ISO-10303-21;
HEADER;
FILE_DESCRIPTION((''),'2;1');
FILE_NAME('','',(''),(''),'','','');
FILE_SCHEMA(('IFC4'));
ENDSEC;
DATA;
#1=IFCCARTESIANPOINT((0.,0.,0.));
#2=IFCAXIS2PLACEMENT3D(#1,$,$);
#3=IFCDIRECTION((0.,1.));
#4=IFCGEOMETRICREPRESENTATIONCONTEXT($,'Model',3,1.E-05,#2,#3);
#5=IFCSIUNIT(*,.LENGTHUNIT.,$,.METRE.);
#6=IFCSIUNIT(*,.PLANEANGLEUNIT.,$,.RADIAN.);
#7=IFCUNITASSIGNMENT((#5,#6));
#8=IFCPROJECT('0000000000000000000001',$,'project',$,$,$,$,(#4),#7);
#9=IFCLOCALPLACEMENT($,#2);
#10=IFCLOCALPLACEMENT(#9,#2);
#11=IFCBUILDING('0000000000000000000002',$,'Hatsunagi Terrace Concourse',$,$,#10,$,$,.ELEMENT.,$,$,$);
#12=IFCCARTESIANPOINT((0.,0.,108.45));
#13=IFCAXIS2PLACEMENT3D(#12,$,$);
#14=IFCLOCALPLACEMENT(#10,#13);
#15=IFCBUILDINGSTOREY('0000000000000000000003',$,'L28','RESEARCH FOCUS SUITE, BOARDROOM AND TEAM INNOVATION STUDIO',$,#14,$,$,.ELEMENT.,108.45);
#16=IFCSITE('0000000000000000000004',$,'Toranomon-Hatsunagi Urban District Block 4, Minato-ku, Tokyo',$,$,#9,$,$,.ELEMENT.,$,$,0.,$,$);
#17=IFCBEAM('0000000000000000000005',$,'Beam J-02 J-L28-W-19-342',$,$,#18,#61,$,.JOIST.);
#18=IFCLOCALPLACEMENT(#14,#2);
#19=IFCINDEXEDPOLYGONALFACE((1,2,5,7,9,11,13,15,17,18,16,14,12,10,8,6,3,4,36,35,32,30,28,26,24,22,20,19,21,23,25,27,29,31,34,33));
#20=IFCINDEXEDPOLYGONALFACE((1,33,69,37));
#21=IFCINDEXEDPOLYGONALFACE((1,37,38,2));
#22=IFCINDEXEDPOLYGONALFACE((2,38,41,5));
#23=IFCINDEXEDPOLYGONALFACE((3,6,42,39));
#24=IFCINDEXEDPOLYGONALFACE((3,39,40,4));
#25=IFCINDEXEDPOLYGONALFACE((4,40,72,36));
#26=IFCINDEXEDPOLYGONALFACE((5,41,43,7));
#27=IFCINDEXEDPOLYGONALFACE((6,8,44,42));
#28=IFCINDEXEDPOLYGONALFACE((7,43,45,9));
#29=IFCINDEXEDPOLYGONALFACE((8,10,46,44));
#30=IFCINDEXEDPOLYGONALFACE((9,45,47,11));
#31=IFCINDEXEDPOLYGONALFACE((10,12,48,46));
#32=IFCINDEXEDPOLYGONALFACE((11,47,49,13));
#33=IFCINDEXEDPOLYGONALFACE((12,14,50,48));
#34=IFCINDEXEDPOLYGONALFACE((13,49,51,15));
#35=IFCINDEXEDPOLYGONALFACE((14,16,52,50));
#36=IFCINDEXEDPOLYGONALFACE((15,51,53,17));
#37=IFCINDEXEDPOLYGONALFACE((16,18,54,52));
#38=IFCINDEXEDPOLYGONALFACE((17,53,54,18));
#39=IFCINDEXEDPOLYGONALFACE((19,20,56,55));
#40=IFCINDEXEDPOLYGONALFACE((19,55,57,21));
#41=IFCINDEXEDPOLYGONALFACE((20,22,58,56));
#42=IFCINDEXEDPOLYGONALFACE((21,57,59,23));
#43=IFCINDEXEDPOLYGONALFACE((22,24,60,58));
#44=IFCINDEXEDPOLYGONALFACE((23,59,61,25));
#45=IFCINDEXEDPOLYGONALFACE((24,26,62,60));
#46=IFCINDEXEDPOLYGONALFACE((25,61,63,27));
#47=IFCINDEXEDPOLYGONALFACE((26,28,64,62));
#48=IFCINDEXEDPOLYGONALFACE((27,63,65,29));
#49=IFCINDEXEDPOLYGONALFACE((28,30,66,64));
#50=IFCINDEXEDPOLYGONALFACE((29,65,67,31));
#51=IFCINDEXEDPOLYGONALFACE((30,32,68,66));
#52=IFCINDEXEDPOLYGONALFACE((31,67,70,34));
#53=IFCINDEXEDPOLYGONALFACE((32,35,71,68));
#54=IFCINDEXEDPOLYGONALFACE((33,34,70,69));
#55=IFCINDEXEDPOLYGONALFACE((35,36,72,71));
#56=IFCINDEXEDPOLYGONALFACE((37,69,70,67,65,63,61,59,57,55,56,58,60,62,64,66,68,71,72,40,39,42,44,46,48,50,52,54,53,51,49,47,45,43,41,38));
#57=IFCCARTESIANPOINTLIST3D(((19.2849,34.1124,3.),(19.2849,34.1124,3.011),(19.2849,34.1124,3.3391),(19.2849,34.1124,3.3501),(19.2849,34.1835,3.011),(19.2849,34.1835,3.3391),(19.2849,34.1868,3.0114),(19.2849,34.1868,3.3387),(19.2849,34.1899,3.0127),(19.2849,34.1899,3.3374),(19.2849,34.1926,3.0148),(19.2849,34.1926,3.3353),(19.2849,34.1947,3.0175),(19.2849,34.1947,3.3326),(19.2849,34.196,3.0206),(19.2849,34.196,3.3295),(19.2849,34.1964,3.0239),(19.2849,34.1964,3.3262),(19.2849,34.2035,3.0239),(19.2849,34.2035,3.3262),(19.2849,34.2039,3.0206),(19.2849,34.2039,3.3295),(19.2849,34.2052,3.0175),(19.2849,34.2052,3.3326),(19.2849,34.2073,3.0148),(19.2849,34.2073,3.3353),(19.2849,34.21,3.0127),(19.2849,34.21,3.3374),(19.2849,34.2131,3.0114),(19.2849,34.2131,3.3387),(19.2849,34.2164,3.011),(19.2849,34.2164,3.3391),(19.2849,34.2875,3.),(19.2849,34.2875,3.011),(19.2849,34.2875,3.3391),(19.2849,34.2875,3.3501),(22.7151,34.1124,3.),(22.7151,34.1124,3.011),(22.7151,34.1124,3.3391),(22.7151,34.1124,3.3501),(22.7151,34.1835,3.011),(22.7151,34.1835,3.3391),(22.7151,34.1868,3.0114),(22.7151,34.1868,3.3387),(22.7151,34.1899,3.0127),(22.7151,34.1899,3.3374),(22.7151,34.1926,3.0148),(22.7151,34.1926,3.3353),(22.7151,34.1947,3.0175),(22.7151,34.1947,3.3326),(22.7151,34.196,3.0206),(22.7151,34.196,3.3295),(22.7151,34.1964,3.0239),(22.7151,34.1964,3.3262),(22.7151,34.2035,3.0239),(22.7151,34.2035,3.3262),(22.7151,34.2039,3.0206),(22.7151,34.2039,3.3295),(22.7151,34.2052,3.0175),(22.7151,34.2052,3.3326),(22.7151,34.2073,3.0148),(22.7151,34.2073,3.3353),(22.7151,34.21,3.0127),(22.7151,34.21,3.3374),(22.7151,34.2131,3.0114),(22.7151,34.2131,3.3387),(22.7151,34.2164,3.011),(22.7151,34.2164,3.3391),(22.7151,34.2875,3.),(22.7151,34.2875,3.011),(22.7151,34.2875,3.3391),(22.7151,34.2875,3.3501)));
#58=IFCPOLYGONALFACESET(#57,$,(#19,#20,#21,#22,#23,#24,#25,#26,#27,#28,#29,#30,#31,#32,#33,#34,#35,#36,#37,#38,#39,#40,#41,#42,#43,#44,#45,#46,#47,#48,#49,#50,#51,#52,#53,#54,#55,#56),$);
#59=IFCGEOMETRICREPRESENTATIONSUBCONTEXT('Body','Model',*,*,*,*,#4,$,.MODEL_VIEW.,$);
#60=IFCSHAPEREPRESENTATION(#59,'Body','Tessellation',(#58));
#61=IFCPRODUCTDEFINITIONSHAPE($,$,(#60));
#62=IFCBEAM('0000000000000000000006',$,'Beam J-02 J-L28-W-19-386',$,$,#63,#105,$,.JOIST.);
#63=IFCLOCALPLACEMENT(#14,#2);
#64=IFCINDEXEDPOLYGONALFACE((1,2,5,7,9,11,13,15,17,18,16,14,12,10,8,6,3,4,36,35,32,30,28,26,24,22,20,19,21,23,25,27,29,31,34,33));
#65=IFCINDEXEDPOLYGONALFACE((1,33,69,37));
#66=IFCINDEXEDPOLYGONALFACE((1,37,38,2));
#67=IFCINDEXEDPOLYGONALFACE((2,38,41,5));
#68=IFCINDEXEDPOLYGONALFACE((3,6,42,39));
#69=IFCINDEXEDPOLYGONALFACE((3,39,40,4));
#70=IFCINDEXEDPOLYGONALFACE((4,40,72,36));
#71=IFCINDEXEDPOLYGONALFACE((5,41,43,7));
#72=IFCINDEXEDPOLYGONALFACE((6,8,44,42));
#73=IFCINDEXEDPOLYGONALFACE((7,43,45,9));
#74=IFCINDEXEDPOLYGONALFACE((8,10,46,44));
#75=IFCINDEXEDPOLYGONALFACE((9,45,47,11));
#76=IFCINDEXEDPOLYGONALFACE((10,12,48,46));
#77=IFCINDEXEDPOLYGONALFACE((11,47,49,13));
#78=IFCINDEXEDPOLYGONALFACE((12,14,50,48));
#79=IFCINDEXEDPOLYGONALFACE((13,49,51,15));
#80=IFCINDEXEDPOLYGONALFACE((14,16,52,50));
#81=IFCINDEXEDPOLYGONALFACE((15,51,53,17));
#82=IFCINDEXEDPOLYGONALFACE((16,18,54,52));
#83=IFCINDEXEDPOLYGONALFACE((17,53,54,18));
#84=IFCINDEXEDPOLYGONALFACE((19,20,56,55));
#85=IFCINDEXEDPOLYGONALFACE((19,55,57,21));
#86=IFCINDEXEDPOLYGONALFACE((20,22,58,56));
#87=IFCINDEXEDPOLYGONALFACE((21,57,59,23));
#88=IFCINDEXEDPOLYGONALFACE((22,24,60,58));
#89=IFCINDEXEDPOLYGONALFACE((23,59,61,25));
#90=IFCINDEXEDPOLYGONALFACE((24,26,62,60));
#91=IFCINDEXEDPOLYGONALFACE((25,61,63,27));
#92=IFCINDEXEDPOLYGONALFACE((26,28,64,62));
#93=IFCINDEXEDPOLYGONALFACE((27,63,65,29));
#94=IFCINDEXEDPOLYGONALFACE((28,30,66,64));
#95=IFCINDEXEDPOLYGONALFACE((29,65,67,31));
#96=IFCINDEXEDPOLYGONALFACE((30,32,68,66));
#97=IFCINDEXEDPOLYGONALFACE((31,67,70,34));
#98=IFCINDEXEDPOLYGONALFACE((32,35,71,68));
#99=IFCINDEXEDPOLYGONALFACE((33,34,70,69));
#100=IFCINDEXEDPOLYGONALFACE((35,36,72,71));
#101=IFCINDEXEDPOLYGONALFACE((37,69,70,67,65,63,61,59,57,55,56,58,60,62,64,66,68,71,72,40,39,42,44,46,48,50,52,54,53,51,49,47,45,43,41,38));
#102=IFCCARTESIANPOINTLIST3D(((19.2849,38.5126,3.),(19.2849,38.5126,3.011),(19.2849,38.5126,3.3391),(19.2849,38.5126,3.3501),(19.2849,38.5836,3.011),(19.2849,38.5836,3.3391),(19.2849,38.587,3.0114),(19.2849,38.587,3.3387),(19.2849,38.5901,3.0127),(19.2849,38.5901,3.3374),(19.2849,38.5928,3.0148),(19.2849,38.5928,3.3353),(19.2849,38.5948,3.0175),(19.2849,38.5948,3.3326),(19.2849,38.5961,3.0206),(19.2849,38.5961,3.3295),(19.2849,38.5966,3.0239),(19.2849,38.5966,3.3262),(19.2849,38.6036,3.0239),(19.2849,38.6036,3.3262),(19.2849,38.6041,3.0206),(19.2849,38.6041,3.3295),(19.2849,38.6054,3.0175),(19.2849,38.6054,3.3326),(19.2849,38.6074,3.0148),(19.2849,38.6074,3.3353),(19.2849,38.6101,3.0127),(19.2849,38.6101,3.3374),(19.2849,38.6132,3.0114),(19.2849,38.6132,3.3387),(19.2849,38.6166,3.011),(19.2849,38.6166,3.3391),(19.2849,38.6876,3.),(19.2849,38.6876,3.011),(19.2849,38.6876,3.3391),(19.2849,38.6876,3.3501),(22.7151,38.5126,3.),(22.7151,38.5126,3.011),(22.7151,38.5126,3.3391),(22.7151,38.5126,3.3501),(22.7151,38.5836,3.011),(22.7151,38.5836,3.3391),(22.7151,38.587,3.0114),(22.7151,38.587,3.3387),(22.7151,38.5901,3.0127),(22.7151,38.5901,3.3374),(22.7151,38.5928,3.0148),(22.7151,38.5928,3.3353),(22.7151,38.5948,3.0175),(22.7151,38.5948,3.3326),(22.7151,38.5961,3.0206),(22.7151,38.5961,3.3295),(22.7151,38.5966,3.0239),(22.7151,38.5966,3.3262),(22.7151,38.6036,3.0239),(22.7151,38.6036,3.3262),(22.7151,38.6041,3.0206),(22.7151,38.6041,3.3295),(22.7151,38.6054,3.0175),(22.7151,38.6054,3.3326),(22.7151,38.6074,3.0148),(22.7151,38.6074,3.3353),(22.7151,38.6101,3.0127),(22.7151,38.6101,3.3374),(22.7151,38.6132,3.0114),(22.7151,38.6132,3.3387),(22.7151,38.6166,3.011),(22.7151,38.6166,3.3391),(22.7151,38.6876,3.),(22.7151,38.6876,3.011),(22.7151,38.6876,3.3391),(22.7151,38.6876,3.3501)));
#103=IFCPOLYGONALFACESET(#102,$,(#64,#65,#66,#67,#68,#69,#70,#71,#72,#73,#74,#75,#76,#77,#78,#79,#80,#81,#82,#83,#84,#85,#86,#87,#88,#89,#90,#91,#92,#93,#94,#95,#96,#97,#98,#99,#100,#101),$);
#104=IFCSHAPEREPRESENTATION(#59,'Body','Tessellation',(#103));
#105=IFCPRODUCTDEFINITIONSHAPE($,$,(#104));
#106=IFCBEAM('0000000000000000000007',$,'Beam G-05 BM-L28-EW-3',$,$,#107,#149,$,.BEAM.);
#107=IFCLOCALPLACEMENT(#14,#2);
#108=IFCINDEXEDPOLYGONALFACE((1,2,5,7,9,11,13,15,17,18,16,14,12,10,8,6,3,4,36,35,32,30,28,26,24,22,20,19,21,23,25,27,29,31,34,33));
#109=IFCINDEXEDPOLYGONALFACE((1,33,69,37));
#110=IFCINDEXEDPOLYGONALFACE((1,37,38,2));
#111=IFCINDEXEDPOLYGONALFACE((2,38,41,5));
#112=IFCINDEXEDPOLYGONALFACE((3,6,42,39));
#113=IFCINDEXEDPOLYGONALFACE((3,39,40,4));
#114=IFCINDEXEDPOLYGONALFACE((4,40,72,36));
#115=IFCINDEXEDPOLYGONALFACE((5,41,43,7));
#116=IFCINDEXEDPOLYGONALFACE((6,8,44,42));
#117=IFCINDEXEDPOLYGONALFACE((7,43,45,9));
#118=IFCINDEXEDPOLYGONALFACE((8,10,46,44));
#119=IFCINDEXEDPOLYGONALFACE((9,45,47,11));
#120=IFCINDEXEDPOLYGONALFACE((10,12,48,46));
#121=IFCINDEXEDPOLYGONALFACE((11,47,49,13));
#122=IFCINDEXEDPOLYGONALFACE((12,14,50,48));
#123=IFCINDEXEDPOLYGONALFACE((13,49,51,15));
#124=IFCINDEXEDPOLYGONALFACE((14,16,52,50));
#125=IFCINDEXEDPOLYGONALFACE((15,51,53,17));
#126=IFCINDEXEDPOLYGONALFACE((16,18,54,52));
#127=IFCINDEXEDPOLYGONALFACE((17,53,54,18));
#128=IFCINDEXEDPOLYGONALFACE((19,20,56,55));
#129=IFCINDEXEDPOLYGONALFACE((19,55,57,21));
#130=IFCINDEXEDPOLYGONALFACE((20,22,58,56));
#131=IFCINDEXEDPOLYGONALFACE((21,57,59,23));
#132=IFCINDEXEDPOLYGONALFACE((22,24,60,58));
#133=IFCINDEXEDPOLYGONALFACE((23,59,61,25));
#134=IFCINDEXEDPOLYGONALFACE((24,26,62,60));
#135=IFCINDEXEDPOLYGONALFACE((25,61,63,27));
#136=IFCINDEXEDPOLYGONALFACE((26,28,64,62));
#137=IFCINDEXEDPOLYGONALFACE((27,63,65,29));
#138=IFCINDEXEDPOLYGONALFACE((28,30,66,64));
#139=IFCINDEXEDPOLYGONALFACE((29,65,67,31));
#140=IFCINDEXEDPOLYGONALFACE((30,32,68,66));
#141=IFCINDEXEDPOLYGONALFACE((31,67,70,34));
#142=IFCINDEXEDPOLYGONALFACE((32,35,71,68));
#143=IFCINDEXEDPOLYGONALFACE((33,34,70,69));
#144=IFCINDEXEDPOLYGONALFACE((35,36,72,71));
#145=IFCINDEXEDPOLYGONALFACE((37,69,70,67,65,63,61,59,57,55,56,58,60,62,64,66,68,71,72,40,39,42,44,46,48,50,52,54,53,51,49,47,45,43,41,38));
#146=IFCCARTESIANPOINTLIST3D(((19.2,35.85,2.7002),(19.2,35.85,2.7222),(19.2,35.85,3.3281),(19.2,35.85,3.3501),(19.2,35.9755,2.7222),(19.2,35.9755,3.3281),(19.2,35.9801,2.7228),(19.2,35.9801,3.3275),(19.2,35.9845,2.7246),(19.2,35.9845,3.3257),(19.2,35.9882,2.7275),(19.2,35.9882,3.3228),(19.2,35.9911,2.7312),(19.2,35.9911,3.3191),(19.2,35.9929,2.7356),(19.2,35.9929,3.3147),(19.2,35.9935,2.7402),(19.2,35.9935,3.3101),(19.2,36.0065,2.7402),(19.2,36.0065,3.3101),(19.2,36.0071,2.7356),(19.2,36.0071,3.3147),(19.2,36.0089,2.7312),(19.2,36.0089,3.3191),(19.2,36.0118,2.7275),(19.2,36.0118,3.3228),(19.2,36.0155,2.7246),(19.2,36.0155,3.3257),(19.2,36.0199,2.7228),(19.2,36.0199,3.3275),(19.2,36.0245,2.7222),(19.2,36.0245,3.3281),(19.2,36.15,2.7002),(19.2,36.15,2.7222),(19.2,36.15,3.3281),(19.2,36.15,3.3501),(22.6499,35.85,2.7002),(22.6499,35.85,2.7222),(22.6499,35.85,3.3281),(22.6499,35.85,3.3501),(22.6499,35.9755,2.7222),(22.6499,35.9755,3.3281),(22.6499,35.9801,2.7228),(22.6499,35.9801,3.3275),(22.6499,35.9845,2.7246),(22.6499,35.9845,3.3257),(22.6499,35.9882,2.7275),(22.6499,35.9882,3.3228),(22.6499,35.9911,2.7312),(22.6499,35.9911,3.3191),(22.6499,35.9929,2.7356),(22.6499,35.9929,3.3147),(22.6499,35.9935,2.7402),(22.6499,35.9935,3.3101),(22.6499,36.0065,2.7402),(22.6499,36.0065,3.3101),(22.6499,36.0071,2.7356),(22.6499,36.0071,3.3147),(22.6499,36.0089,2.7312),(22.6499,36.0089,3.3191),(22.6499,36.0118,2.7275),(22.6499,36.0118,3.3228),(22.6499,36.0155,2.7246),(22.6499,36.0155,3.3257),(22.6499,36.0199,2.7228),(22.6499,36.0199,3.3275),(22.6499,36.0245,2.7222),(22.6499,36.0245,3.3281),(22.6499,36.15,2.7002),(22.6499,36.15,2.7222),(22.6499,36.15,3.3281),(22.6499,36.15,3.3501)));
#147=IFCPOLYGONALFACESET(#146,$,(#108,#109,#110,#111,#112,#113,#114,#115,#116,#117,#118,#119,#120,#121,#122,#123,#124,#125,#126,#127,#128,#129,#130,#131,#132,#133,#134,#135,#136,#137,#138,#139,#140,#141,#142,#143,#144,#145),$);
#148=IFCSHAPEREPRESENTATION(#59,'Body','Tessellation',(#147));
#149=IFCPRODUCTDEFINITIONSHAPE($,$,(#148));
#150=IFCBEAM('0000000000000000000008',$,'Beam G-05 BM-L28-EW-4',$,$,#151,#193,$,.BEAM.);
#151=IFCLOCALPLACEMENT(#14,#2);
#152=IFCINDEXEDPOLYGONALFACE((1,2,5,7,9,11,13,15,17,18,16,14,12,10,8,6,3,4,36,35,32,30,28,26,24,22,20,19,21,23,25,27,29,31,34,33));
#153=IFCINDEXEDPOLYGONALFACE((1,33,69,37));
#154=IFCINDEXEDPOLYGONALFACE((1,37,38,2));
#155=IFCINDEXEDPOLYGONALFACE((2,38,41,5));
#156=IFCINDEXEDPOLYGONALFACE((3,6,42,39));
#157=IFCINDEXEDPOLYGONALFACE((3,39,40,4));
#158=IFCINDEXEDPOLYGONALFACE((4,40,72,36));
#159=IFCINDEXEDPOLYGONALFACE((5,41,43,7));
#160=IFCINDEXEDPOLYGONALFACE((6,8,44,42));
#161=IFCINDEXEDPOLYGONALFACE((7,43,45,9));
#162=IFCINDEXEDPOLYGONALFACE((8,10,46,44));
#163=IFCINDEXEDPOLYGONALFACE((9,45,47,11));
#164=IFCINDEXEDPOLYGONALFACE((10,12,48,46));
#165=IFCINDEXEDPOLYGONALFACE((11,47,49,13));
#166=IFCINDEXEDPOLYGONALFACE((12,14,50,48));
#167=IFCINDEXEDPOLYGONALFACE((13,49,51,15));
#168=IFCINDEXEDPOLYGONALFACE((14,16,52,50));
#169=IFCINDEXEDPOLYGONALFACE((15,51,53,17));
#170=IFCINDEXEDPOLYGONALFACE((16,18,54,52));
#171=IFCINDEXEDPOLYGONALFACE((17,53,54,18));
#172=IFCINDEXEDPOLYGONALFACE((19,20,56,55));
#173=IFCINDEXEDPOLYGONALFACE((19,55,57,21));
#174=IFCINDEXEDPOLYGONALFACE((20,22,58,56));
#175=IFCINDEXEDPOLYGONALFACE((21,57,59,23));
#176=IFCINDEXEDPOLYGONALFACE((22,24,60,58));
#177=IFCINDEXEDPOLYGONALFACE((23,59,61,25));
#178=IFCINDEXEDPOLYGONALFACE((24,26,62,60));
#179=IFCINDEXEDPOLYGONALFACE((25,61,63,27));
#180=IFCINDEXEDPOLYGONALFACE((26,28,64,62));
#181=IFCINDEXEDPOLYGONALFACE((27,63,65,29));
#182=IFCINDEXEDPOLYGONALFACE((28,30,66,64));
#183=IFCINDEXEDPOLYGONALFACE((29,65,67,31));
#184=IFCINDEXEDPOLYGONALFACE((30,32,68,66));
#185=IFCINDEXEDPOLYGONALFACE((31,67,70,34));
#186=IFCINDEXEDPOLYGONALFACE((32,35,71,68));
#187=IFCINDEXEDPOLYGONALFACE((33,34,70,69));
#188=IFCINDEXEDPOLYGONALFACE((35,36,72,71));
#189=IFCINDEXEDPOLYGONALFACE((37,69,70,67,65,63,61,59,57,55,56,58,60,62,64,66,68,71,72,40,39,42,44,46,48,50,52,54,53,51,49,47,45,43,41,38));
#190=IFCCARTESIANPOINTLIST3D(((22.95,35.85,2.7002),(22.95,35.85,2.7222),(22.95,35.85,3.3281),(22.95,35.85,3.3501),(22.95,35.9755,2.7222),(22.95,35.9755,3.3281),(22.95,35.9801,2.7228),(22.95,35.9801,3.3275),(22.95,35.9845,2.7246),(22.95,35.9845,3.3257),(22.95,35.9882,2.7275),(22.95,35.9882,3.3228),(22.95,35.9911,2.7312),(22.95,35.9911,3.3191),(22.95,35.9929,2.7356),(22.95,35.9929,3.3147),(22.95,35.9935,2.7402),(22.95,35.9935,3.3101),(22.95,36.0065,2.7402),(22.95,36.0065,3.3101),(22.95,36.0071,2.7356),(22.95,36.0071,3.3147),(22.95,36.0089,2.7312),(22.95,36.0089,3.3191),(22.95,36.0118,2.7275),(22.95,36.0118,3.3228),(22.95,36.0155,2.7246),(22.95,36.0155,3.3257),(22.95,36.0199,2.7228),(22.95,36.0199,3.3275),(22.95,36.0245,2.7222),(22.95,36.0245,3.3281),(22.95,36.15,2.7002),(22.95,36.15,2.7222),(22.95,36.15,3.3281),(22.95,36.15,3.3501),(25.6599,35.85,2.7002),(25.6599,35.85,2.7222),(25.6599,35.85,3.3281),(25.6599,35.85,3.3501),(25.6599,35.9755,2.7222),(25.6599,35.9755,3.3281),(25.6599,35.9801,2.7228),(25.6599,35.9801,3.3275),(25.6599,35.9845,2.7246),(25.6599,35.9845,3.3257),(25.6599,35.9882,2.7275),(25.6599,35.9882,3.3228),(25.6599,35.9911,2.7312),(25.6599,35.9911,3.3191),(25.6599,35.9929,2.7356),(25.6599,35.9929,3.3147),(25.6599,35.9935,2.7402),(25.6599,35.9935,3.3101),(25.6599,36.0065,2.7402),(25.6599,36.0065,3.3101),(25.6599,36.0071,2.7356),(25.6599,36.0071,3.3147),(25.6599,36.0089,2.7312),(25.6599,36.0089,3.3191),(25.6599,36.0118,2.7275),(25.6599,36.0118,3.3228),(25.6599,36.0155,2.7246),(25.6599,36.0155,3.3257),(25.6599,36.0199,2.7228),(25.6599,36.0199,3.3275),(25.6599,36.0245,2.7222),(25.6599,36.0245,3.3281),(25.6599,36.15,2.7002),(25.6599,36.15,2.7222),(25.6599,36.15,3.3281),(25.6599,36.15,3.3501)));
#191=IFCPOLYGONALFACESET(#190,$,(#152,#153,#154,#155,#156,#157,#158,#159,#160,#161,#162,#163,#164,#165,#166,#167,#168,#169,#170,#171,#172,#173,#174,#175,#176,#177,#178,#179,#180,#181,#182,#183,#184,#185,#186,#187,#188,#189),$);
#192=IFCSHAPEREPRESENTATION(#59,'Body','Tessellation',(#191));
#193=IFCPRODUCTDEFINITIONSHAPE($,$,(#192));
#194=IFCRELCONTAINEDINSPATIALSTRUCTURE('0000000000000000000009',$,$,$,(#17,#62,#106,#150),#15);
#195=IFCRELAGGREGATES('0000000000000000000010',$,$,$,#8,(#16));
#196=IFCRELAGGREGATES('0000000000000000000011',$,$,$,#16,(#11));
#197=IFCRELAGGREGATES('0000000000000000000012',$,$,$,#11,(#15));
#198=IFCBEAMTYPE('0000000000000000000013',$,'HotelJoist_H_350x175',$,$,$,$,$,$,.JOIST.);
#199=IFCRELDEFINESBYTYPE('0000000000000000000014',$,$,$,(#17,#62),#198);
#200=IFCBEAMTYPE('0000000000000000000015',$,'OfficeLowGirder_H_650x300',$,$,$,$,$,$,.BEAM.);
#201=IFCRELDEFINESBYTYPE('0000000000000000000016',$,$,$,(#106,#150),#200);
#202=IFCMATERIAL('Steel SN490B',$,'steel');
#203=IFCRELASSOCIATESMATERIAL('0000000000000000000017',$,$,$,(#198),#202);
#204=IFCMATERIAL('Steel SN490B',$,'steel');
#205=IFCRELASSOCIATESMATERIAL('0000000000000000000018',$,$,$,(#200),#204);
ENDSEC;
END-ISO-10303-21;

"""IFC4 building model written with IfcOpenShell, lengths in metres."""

from ifc_helpers import new_model, si_unit, direction, frame, origin, origin_2d, place, context, subcontext, project, spatial, i_section, extrude, material, material_profile, profile_set, type_object, element, save


model = new_model("IFC4")

# Units and contexts
model_context = context("Model", 3, precision=1e-05, world=origin(), true_north=direction((0.0, 1.0)))
body_context = subcontext(model_context, "Body", "Model", "MODEL_VIEW")
ifc_project = project(units=[si_unit("LENGTHUNIT", "METRE"), si_unit("PLANEANGLEUNIT", "RADIAN")], contexts=[model_context])

# Site, building, storey
site_placement = place(None, origin())
site = spatial("IfcSite", under=ifc_project, at=site_placement, Name="Toranomon-Hatsunagi Urban District Block 4, Minato-ku, Tokyo", CompositionType="ELEMENT", RefElevation=0.0)
building_placement = place(site_placement, origin())
building = spatial("IfcBuilding", under=site, at=building_placement, Name="Hatsunagi Terrace Concourse", CompositionType="ELEMENT")
storey_placement = place(building_placement, frame((0.0, 0.0, 108.45)))
storey = spatial("IfcBuildingStorey", under=building, at=storey_placement, Name="L28", Description="RESEARCH FOCUS SUITE, BOARDROOM AND TEAM INNOVATION STUDIO", CompositionType="ELEMENT", Elevation=108.45)

# Beams
ifc_material_1 = material(Name="Steel SN490B", Category="steel")
ifc_material_profile_1 = material_profile(ifc_material_1, i_section(OverallWidth=0.175, OverallDepth=0.3501, WebThickness=0.0071, FlangeThickness=0.011, FilletRadius=0.0129, at=origin_2d()), Name="H-350x175x7x11")
ifc_profile_set_1 = profile_set([ifc_material_profile_1], Name="Steel SN490B")
beam_type_1 = type_object("IfcBeamType", Name="HotelJoist_H_350x175", PredefinedType="JOIST", material=ifc_profile_set_1)
for number, where, z_axis, x_axis, name in (
    (1, (19.2849, 34.2, 3.175), (1.0, 0.0, 0.0), (0.0, 1.0, 0.0), "Beam J-02 J-L28-W-19-342"),
    (2, (19.2849, 38.6001, 3.175), (1.0, 0.0, 0.0), (0.0, 1.0, 0.0), "Beam J-02 J-L28-W-19-386"),
):
    element("IfcBeam", number, at=place(storey_placement, frame(where, z_axis=z_axis, x_axis=x_axis)), inside=storey, type_object=beam_type_1, Name=name, PredefinedType="JOIST", context=body_context, shape_type="SweptSolid", body=[
        extrude(i_section(OverallWidth=0.175, OverallDepth=0.3501, WebThickness=0.0071, FlangeThickness=0.011, FilletRadius=0.0129, at=origin_2d()), origin(), (0.0, 0.0, 1.0), 3.4302),
    ])
ifc_material_2 = material(Name="Steel SN490B", Category="steel")
ifc_material_profile_2 = material_profile(ifc_material_2, i_section(OverallWidth=0.3, OverallDepth=0.6499, WebThickness=0.0129, FlangeThickness=0.022, FilletRadius=0.0181, at=origin_2d()), Name="H-650x300x13x22")
ifc_profile_set_2 = profile_set([ifc_material_profile_2], Name="Steel SN490B")
beam_type_2 = type_object("IfcBeamType", Name="OfficeLowGirder_H_650x300", PredefinedType="BEAM", material=ifc_profile_set_2)
beam_1_placement = place(storey_placement, frame((19.2, 36.0, 3.0251), z_axis=(1.0, 0.0, 0.0), x_axis=(0.0, 1.0, 0.0)))
element("IfcBeam", 3, at=beam_1_placement, inside=storey, type_object=beam_type_2, Name="Beam G-05 BM-L28-EW-3", PredefinedType="BEAM", context=body_context, shape_type="SweptSolid", body=[
    extrude(i_section(OverallWidth=0.3, OverallDepth=0.6499, WebThickness=0.0129, FlangeThickness=0.022, FilletRadius=0.0181, at=origin_2d()), origin(), (0.0, 0.0, 1.0), 3.45),
])
beam_2_placement = place(storey_placement, frame((22.95, 36.0, 3.0251), z_axis=(1.0, 0.0, 0.0), x_axis=(0.0, 1.0, 0.0)))
element("IfcBeam", 4, at=beam_2_placement, inside=storey, type_object=beam_type_2, Name="Beam G-05 BM-L28-EW-4", PredefinedType="BEAM", context=body_context, shape_type="SweptSolid", body=[
    extrude(i_section(OverallWidth=0.3, OverallDepth=0.6499, WebThickness=0.0129, FlangeThickness=0.022, FilletRadius=0.0181, at=origin_2d()), origin(), (0.0, 0.0, 1.0), 2.71),
])

save(model, "model.ifc")
